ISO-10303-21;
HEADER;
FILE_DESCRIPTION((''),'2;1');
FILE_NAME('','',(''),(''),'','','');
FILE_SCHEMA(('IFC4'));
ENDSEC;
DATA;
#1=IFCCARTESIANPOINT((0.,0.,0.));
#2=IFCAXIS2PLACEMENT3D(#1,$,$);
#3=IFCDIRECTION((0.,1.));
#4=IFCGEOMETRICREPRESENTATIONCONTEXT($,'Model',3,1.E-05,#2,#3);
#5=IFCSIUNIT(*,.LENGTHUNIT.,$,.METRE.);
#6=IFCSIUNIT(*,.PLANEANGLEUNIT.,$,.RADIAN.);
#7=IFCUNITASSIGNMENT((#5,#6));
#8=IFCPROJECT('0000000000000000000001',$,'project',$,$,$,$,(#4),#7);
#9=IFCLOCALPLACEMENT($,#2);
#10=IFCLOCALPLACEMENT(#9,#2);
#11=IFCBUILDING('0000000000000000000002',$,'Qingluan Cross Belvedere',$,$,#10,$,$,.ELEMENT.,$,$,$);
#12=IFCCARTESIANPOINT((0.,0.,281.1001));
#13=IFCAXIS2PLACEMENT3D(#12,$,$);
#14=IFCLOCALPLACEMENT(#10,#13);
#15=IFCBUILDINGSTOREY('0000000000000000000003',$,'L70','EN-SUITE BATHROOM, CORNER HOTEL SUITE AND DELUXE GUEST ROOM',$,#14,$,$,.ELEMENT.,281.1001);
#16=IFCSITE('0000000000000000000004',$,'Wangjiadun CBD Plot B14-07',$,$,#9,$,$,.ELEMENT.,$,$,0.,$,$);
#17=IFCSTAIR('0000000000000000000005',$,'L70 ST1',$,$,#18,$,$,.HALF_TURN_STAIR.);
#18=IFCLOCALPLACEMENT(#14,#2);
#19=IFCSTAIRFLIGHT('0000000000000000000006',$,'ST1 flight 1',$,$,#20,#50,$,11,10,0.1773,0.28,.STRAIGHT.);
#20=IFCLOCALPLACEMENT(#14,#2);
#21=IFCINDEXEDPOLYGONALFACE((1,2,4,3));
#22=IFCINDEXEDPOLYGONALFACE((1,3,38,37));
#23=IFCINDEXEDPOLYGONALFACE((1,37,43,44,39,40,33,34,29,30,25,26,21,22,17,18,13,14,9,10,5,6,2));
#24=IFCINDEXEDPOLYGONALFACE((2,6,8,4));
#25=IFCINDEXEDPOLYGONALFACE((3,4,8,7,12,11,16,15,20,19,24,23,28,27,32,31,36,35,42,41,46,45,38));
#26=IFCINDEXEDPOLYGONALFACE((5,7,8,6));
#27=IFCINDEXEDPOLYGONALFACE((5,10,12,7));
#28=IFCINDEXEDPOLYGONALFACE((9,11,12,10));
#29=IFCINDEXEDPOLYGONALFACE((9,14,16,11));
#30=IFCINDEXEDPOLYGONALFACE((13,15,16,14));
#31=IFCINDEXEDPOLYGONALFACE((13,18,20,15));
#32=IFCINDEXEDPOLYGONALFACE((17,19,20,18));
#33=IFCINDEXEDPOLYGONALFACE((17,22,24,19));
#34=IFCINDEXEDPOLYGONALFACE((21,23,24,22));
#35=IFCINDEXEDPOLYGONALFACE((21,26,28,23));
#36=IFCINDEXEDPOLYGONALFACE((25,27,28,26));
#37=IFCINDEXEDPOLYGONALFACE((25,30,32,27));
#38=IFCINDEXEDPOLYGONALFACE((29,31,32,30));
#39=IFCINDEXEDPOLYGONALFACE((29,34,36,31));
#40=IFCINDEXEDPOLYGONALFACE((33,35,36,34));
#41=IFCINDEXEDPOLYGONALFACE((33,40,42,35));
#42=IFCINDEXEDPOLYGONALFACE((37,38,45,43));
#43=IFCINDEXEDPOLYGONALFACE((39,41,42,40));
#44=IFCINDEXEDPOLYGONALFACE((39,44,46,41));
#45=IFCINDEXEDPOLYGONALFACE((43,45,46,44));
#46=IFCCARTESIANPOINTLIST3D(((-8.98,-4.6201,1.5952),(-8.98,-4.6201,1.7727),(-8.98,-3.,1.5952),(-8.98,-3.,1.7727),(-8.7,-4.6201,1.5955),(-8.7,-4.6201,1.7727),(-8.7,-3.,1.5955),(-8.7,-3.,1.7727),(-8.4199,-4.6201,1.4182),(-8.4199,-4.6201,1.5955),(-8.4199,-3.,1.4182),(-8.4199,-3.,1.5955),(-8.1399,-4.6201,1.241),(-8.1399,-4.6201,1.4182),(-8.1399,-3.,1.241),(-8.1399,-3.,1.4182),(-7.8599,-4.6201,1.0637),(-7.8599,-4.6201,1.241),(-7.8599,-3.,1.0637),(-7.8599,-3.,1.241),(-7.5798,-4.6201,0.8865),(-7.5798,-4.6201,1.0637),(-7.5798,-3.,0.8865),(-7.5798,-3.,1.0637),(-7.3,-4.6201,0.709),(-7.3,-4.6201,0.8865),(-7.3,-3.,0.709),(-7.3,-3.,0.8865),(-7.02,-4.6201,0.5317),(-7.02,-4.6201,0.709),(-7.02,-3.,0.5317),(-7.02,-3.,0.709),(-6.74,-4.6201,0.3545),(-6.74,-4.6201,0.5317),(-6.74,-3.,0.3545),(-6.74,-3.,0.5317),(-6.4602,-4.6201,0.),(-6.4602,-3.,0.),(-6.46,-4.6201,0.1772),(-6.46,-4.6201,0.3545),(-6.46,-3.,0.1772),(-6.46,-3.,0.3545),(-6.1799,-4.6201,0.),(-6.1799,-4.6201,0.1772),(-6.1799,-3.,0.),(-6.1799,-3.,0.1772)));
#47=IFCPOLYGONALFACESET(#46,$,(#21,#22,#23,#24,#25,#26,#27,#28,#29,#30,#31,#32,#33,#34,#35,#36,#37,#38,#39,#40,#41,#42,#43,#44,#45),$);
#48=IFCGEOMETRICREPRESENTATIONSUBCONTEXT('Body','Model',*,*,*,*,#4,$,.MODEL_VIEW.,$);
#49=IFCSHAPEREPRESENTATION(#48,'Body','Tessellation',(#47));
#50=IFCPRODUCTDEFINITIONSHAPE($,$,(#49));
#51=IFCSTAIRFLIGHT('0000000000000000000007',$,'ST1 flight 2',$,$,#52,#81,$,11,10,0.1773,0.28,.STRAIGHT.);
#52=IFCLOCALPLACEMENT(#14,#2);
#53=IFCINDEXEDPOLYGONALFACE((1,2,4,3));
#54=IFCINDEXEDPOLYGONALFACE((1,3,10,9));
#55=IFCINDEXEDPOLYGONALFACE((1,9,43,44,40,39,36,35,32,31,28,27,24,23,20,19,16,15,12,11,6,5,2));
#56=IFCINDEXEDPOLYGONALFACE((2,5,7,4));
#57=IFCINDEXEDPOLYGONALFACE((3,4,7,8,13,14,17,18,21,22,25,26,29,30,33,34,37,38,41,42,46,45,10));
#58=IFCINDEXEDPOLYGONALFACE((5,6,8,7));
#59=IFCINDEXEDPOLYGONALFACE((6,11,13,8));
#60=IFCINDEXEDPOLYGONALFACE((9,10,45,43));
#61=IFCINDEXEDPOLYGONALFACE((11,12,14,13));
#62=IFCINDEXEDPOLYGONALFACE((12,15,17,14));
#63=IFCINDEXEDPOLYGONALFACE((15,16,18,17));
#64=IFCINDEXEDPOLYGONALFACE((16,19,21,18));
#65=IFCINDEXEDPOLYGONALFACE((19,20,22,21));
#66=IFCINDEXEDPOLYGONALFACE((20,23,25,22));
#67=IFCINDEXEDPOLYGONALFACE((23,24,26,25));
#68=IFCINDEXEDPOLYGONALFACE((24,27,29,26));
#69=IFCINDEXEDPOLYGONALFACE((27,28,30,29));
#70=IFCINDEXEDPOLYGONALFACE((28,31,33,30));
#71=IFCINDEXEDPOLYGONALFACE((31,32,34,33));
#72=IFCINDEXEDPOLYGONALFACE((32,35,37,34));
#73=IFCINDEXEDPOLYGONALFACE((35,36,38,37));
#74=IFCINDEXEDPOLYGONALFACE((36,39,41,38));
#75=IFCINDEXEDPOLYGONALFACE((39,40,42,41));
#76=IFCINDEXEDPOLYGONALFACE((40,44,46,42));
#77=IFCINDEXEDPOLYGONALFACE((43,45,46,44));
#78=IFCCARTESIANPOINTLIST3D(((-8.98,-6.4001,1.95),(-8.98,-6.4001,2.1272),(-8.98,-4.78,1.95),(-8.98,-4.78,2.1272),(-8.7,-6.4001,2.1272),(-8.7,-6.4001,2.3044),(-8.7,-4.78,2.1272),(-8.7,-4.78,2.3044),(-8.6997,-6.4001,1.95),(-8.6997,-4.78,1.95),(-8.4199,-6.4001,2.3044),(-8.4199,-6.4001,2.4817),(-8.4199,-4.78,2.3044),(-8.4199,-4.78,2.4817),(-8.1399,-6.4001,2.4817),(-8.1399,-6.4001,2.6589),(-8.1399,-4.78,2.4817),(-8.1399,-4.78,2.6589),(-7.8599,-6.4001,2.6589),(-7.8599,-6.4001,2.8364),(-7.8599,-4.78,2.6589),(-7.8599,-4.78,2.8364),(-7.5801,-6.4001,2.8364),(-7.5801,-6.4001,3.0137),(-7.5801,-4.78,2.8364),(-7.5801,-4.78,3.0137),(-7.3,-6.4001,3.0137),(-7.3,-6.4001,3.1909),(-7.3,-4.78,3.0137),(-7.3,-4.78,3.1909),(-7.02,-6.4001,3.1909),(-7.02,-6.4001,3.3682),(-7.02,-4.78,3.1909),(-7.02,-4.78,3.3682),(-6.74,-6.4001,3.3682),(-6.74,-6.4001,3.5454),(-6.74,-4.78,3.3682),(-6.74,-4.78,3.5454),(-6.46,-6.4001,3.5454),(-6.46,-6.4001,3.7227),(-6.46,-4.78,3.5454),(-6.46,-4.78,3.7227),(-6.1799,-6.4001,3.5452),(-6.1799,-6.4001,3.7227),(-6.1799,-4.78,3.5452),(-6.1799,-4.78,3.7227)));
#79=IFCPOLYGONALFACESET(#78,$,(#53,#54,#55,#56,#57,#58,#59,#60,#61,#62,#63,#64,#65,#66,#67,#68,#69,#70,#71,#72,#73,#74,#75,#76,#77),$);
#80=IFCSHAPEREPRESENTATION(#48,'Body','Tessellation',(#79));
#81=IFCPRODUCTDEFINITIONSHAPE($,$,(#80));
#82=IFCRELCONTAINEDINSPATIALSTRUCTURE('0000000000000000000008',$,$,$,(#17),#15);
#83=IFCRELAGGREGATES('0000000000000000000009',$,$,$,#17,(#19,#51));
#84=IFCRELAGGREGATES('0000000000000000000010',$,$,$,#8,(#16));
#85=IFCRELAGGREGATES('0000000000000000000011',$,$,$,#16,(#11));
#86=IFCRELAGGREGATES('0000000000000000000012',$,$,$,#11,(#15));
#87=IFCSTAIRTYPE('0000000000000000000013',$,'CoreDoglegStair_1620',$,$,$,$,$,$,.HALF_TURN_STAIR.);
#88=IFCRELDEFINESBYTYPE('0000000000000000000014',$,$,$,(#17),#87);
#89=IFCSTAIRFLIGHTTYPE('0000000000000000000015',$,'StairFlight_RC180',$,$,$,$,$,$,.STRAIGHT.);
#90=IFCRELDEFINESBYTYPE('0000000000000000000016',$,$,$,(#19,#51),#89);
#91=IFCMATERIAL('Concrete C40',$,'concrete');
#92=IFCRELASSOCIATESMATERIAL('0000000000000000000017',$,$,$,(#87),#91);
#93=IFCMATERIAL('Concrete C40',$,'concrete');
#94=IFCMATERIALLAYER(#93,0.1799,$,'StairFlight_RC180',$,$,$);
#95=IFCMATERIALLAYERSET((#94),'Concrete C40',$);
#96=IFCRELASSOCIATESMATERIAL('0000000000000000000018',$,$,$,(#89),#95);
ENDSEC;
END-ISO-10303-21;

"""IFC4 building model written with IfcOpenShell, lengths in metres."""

from ifc_helpers import new_model, si_unit, direction, frame, origin, place, context, subcontext, project, spatial, polyline, outline, extrude, material, layer, layer_set, type_object, element, aggregate, save


model = new_model("IFC4")

# Units and contexts
model_context = context("Model", 3, precision=1e-05, world=origin(), true_north=direction((0.0, 1.0)))
body_context = subcontext(model_context, "Body", "Model", "MODEL_VIEW")
ifc_project = project(units=[si_unit("LENGTHUNIT", "METRE"), si_unit("PLANEANGLEUNIT", "RADIAN")], contexts=[model_context])

# Site, building, storey
site_placement = place(None, origin())
site = spatial("IfcSite", under=ifc_project, at=site_placement, Name="Wangjiadun CBD Plot B14-07", CompositionType="ELEMENT", RefElevation=0.0)
building_placement = place(site_placement, origin())
building = spatial("IfcBuilding", under=site, at=building_placement, Name="Qingluan Cross Belvedere", CompositionType="ELEMENT")
storey_placement = place(building_placement, frame((0.0, 0.0, 281.1001)))
storey = spatial("IfcBuildingStorey", under=building, at=storey_placement, Name="L70", Description="EN-SUITE BATHROOM, CORNER HOTEL SUITE AND DELUXE GUEST ROOM", CompositionType="ELEMENT", Elevation=281.1001)

# Stair, stair flights
ifc_material_1 = material(Name="Concrete C40", Category="concrete")
stair_type = type_object("IfcStairType", Name="CoreDoglegStair_1620", PredefinedType="HALF_TURN_STAIR", material=ifc_material_1)
stair_placement = place(storey_placement, origin())
stair = element("IfcStair", 1, at=stair_placement, inside=storey, type_object=stair_type, Name="L70 ST1", PredefinedType="HALF_TURN_STAIR")
ifc_material_2 = material(Name="Concrete C40", Category="concrete")
ifc_layer_1 = layer(ifc_material_2, 0.1799, Name="StairFlight_RC180")
ifc_layer_set_1 = layer_set([ifc_layer_1], Name="Concrete C40")
stair_flight_type = type_object("IfcStairFlightType", Name="StairFlight_RC180", PredefinedType="STRAIGHT", material=ifc_layer_set_1)
stair_flight_1_placement = place(storey_placement, frame((-6.1799, -3.8101, 0.0), z_axis=(0.0, 0.0, 1.0), x_axis=(-1.0, 0.0, 0.0)))
stair_flight_1 = element("IfcStairFlight", 2, at=stair_flight_1_placement, type_object=stair_flight_type, Name="ST1 flight 1", NumberOfRisers=11, NumberOfTreads=10, PredefinedType="STRAIGHT", RiserHeight=0.1773, TreadLength=0.28, context=body_context, shape_type="SweptSolid", body=[
    extrude(outline(polyline([(0.0, 0.0), (0.0, 0.1772), (0.28, 0.1772), (0.28, 0.3545), (0.5601, 0.3545), (0.5601, 0.5317), (0.8401, 0.5317), (0.8401, 0.709), (1.1201, 0.709), (1.1201, 0.8865), (1.3999, 0.8865), (1.3999, 1.0637), (1.6799, 1.0637), (1.6799, 1.241), (1.96, 1.241), (1.96, 1.4182), (2.24, 1.4182), (2.24, 1.5955), (2.52, 1.5955), (2.52, 1.7727), (2.8, 1.7727), (2.8, 1.95), (2.8, 1.5952), (0.2803, 0.0), (0.0, 0.0)])), frame((0.0, 0.8101, 0.0), z_axis=(0.0, -1.0, 0.0), x_axis=(1.0, 0.0, 0.0)), (0.0, 0.0, 1.0), 1.6201),
])
stair_flight_2_placement = place(storey_placement, frame((-8.98, -5.5901, 1.95), z_axis=(0.0, 0.0, 1.0), x_axis=(1.0, 0.0, 0.0)))
stair_flight_2 = element("IfcStairFlight", 3, at=stair_flight_2_placement, type_object=stair_flight_type, Name="ST1 flight 2", NumberOfRisers=11, NumberOfTreads=10, PredefinedType="STRAIGHT", RiserHeight=0.1773, TreadLength=0.28, context=body_context, shape_type="SweptSolid", body=[
    extrude(outline(polyline([(0.0, 0.0), (0.0, 0.1772), (0.28, 0.1772), (0.28, 0.3545), (0.5601, 0.3545), (0.5601, 0.5317), (0.8401, 0.5317), (0.8401, 0.709), (1.1201, 0.709), (1.1201, 0.8865), (1.3999, 0.8865), (1.3999, 1.0637), (1.6799, 1.0637), (1.6799, 1.241), (1.96, 1.241), (1.96, 1.4182), (2.24, 1.4182), (2.24, 1.5955), (2.52, 1.5955), (2.52, 1.7727), (2.8, 1.7727), (2.8, 1.95), (2.8, 1.5952), (0.2803, 0.0), (0.0, 0.0)])), frame((0.0, 0.8101, 0.0), z_axis=(0.0, -1.0, 0.0), x_axis=(1.0, 0.0, 0.0)), (0.0, 0.0, 1.0), 1.6201),
])
aggregate(stair, [stair_flight_1, stair_flight_2])

save(model, "model.ifc")
